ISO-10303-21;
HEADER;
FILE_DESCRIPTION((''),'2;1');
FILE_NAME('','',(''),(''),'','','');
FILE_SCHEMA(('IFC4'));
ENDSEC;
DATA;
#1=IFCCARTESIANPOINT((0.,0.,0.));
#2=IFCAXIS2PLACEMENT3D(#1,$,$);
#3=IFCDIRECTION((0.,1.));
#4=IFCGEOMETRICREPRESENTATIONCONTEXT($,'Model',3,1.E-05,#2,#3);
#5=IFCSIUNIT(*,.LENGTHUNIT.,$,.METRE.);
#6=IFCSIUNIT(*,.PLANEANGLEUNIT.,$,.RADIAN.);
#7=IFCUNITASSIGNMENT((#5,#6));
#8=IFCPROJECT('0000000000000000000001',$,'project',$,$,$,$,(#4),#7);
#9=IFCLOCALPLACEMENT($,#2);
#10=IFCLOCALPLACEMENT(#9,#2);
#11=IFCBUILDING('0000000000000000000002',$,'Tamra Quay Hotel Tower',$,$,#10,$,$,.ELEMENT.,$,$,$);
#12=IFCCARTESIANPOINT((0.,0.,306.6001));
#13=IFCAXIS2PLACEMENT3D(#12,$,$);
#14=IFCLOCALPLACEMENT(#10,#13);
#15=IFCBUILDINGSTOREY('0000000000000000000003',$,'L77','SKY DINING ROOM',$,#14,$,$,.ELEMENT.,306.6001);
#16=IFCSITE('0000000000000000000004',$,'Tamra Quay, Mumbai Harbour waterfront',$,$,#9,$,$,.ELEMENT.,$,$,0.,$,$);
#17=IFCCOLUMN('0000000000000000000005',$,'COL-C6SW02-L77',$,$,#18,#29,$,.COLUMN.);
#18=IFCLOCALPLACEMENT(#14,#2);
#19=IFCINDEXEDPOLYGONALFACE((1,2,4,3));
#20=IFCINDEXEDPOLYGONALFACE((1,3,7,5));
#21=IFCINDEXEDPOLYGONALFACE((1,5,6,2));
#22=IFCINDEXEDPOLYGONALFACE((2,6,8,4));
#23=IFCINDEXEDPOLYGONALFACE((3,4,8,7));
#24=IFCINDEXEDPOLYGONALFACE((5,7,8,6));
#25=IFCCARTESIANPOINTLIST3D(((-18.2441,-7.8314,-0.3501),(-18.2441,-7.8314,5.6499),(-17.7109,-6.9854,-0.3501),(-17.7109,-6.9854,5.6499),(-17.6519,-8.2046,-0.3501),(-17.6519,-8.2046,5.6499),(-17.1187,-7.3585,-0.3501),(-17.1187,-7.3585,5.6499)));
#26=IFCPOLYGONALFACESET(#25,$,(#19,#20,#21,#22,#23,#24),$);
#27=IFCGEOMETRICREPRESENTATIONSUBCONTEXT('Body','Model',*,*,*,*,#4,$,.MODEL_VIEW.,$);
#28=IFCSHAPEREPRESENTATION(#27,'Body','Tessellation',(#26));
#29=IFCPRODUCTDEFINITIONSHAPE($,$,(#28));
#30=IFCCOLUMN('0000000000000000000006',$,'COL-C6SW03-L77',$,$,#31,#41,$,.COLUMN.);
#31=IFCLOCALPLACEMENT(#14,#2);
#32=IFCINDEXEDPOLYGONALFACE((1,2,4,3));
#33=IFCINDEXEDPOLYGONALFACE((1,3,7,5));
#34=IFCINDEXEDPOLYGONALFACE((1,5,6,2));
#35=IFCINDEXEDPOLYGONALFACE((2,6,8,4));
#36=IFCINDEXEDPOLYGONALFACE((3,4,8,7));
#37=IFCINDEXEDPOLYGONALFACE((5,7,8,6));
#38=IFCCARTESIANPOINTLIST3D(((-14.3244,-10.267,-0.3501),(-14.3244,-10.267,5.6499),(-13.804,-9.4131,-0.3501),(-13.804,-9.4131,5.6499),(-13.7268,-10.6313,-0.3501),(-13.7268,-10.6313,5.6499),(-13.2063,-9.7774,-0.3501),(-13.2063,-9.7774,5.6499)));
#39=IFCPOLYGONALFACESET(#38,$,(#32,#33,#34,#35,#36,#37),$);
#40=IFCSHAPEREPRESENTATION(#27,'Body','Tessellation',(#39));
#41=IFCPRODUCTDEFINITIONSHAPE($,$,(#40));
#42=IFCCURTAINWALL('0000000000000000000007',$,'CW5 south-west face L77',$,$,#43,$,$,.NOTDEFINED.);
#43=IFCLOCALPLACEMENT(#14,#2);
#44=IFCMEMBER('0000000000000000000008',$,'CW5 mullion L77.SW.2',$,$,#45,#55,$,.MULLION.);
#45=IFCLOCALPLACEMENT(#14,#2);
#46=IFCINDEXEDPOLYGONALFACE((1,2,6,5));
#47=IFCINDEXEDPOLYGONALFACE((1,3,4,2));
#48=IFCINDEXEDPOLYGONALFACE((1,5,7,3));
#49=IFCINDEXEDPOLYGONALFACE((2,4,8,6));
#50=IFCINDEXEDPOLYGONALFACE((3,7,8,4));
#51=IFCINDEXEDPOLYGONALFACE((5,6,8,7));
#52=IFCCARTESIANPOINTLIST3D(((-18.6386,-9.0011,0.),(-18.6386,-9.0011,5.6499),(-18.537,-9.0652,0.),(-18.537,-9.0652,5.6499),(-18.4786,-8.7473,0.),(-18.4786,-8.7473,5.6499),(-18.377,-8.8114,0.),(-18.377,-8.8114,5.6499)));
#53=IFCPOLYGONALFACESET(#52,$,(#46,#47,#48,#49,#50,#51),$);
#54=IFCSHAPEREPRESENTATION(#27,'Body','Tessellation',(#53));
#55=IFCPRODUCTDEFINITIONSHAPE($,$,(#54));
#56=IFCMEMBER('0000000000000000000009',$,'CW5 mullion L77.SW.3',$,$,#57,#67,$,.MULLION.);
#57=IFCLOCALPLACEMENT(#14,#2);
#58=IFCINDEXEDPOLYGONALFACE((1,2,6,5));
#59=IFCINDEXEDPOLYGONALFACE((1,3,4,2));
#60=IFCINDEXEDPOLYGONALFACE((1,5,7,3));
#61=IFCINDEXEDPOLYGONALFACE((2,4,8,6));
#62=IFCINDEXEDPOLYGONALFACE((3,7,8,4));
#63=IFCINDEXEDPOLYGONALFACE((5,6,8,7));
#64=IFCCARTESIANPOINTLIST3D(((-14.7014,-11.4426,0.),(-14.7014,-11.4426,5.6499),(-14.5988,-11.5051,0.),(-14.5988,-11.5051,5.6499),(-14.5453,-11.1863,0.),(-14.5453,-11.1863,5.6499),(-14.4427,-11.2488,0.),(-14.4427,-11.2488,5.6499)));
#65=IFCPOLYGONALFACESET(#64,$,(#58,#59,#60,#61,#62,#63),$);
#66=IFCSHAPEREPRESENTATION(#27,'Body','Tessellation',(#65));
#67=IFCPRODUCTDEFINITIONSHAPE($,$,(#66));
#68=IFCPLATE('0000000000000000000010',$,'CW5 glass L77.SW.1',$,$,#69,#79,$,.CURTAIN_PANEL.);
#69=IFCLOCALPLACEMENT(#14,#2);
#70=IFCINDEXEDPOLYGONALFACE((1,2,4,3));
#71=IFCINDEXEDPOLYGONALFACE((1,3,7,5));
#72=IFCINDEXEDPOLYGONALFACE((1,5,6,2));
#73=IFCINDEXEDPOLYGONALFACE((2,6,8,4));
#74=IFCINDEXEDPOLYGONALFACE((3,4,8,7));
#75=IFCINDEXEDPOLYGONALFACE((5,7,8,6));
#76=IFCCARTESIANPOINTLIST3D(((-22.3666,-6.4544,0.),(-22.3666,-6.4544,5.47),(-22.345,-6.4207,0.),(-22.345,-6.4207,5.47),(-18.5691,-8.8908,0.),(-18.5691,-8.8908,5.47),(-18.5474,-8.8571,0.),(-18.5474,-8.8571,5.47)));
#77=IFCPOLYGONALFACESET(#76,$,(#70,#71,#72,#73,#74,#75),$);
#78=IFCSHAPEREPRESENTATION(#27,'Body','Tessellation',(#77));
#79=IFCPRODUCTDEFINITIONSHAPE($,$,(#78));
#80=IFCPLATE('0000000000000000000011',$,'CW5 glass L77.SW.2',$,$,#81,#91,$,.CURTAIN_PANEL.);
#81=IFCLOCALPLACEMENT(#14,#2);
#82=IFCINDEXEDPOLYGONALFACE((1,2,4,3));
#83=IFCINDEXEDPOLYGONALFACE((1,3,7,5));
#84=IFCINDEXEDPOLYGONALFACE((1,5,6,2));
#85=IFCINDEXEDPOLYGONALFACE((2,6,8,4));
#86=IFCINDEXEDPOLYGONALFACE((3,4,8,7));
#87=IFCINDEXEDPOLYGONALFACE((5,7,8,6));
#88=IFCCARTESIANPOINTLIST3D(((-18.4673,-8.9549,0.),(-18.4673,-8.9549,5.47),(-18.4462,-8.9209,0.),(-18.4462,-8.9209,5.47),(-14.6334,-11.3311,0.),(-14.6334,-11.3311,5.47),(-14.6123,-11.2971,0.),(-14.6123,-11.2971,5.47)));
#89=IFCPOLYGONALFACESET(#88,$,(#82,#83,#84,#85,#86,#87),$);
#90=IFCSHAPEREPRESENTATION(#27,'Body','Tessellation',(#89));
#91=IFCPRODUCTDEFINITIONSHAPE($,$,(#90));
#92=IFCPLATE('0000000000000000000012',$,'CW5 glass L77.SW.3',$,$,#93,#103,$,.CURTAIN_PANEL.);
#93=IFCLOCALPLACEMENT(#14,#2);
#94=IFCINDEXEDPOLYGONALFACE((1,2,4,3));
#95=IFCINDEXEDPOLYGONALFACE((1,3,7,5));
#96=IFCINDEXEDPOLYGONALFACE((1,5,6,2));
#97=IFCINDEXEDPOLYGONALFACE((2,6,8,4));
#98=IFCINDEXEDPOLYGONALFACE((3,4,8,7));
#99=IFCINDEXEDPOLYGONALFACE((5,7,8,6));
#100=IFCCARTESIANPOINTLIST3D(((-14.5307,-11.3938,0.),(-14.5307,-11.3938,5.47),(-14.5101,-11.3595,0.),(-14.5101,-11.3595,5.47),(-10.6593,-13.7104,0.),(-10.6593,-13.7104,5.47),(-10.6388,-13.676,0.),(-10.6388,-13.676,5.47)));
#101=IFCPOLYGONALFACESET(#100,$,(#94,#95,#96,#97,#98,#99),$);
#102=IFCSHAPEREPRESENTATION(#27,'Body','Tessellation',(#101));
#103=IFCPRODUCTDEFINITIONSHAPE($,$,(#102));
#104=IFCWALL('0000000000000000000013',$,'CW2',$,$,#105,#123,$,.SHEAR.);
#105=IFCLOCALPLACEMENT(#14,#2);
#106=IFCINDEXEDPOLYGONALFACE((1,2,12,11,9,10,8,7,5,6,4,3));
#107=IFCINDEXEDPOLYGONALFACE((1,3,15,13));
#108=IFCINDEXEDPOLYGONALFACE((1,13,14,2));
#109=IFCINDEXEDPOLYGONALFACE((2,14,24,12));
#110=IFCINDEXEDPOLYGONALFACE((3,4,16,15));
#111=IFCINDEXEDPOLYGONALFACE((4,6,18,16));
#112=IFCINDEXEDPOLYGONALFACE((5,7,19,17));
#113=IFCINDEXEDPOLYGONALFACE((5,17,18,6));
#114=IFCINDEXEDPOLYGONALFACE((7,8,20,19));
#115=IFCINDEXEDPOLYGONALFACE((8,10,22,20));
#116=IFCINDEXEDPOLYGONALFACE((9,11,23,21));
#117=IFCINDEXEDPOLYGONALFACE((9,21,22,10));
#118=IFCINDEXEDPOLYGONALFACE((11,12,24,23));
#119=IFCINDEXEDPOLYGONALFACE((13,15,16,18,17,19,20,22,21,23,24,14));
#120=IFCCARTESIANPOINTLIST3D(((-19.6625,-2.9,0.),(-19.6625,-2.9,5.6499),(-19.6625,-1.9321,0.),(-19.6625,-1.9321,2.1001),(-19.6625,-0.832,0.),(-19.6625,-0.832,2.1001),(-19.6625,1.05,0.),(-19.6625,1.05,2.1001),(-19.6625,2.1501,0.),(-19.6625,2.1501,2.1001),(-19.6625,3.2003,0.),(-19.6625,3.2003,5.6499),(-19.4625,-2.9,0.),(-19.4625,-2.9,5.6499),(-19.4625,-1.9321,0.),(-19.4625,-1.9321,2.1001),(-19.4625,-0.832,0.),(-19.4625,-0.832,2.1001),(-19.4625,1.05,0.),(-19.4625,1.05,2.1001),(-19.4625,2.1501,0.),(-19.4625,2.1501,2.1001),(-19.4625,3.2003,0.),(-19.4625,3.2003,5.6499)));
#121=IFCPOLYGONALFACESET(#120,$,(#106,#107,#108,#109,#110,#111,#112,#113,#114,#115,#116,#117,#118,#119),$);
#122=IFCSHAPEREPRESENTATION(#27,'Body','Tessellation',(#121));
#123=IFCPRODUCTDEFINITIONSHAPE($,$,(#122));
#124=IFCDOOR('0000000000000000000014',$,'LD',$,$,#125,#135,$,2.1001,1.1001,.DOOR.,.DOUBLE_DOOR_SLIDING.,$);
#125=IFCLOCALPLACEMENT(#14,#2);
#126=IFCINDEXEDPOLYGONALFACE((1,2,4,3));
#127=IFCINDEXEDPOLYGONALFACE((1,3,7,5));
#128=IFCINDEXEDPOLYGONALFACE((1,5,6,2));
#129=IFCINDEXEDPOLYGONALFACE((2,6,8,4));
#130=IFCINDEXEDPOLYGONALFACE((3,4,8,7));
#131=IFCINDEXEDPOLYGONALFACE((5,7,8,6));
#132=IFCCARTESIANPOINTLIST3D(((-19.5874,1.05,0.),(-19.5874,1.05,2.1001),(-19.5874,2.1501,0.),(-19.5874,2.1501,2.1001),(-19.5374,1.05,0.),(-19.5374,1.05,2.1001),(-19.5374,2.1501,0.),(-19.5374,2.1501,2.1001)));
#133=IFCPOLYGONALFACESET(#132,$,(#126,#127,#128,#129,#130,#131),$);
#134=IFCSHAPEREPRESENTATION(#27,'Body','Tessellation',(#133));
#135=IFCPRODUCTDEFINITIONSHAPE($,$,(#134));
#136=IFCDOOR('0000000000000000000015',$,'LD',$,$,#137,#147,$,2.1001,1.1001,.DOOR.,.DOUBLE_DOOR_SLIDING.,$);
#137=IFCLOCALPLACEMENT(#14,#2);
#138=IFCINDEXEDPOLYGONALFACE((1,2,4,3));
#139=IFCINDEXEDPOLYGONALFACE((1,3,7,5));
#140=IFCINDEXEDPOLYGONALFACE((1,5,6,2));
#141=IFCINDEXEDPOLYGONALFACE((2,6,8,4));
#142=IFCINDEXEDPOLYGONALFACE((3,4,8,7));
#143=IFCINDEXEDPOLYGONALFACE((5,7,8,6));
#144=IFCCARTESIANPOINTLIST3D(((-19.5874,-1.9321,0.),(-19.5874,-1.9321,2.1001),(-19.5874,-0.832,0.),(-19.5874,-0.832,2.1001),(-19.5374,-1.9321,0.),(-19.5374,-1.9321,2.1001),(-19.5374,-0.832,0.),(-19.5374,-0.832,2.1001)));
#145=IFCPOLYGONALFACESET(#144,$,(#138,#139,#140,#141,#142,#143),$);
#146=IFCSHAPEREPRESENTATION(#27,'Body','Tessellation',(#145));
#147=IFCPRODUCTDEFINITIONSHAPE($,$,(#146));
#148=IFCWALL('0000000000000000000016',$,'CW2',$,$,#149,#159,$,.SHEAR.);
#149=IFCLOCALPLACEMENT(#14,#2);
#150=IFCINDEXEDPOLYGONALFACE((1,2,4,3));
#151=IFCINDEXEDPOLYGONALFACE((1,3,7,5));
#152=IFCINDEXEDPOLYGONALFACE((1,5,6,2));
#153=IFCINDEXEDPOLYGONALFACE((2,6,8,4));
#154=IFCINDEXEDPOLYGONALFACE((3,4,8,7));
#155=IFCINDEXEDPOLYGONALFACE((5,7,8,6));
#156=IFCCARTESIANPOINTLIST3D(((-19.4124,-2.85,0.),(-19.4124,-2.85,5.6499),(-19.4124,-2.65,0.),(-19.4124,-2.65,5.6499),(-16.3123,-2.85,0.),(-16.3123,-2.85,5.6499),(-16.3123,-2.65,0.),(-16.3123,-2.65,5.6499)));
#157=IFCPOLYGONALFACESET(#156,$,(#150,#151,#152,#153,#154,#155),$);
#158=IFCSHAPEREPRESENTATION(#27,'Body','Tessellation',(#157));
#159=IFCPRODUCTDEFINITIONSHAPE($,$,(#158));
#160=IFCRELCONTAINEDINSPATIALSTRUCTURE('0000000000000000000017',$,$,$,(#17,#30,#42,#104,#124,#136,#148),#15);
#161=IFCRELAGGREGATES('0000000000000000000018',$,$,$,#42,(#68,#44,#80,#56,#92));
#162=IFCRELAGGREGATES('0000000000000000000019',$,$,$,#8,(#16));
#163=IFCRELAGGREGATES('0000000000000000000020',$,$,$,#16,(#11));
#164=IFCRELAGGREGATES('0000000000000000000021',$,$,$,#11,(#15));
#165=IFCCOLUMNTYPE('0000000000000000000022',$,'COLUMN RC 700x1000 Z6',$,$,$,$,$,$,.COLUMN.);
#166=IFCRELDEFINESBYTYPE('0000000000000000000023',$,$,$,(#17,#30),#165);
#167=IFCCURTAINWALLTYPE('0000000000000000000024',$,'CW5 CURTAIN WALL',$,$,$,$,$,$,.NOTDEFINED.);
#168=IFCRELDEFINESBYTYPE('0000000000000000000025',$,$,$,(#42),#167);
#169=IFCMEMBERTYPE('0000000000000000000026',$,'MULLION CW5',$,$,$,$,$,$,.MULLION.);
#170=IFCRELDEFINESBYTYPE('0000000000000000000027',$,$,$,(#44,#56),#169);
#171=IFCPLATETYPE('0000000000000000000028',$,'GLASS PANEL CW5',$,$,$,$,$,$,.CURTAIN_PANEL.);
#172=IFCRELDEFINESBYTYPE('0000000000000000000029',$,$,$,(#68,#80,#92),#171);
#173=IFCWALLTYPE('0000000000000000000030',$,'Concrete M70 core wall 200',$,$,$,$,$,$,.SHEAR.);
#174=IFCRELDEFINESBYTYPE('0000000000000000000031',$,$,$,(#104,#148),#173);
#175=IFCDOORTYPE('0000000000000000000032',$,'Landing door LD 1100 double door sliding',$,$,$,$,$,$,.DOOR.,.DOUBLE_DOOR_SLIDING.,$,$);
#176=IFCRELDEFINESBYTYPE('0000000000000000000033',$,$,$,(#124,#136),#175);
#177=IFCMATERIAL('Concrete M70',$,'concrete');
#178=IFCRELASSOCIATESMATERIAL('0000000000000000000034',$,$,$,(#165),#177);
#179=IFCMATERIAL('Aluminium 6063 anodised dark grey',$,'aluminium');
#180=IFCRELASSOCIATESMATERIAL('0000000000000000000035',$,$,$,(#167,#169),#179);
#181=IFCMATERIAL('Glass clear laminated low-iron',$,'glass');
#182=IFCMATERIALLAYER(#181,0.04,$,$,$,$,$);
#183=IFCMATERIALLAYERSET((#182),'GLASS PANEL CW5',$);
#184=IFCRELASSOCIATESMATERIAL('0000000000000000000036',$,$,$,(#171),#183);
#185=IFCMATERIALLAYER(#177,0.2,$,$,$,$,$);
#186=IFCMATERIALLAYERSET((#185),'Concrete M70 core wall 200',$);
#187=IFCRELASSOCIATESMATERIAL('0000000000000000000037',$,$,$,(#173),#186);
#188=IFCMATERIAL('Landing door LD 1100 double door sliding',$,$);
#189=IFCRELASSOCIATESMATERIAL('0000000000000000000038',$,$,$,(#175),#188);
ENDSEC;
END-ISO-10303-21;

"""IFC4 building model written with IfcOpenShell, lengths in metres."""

from ifc_helpers import new_model, si_unit, direction, frame, frame_2d, origin, origin_2d, place, context, subcontext, project, spatial, rectangle, extrude, material, layer, layer_set, material_profile, profile_set, type_object, element, fill, aggregate, save


model = new_model("IFC4")

# Units and contexts
model_context = context("Model", 3, precision=1e-05, world=origin(), true_north=direction((0.0, 1.0)))
body_context = subcontext(model_context, "Body", "Model", "MODEL_VIEW")
ifc_project = project(units=[si_unit("LENGTHUNIT", "METRE"), si_unit("PLANEANGLEUNIT", "RADIAN")], contexts=[model_context])

# Site, building, storey
site_placement = place(None, origin())
site = spatial("IfcSite", under=ifc_project, at=site_placement, Name="Tamra Quay, Mumbai Harbour waterfront", CompositionType="ELEMENT", RefElevation=0.0)
building_placement = place(site_placement, origin())
building = spatial("IfcBuilding", under=site, at=building_placement, Name="Tamra Quay Hotel Tower", CompositionType="ELEMENT")
storey_placement = place(building_placement, frame((0.0, 0.0, 306.6001)))
storey = spatial("IfcBuildingStorey", under=building, at=storey_placement, Name="L77", Description="SKY DINING ROOM", CompositionType="ELEMENT", Elevation=306.6001)

# Columns
ifc_material_1 = material(Name="Concrete M70", Category="concrete")
ifc_material_profile_1 = material_profile(ifc_material_1, rectangle(XDim=1.0, YDim=0.7, at=origin_2d()), Name="COLUMN RC 700x1000 Z6")
ifc_profile_set_1 = profile_set([ifc_material_profile_1], Name="Concrete M70")
column_type = type_object("IfcColumnType", Name="COLUMN RC 700x1000 Z6", PredefinedType="COLUMN", material=ifc_profile_set_1)
for number, where, z_axis, x_axis, name in (
    (1, (-17.6814, -7.595, -0.3501), (0.0, 0.0, 1.0), (0.533133, 0.846031, 0.0), "COL-C6SW02-L77"),
    (2, (-13.7654, -10.0222, -0.3501), (0.0, 0.0, 1.0), (0.52043, 0.853904, 0.0), "COL-C6SW03-L77"),
):
    element("IfcColumn", number, at=place(storey_placement, frame(where, z_axis=z_axis, x_axis=x_axis)), inside=storey, type_object=column_type, Name=name, PredefinedType="COLUMN", context=body_context, shape_type="SweptSolid", body=[
        extrude(rectangle(XDim=1.0, YDim=0.7, at=origin_2d()), origin(), (0.0, 0.0, 1.0), 6.0),
    ])

# Curtain wall, members, plates
ifc_material_2 = material(Name="Aluminium 6063 anodised dark grey", Category="aluminium")
curtain_wall_type = type_object("IfcCurtainWallType", Name="CW5 CURTAIN WALL", PredefinedType="NOTDEFINED", material=ifc_material_2)
curtain_wall_placement = place(storey_placement, origin())
curtain_wall = element("IfcCurtainWall", 3, at=curtain_wall_placement, inside=storey, type_object=curtain_wall_type, Name="CW5 south-west face L77", PredefinedType="NOTDEFINED")
ifc_material_profile_2 = material_profile(ifc_material_2, rectangle(XDim=0.3, YDim=0.1201, at=origin_2d()), Name="MULLION 120X300")
ifc_profile_set_2 = profile_set([ifc_material_profile_2], Name="Aluminium 6063 anodised dark grey")
member_type = type_object("IfcMemberType", Name="MULLION CW5", PredefinedType="MULLION", material=ifc_profile_set_2)
member_1_placement = place(storey_placement, frame((-18.5078, -8.9062, 0.0), z_axis=(0.0, 0.0, 1.0), x_axis=(-0.533422, -0.845849, 0.0)))
member_1 = element("IfcMember", 4, at=member_1_placement, type_object=member_type, Name="CW5 mullion L77.SW.2", PredefinedType="MULLION", context=body_context, shape_type="SweptSolid", body=[
    extrude(rectangle(XDim=0.3, YDim=0.1201, at=origin_2d()), origin(), (0.0, 0.0, 1.0), 5.6499),
])
member_2_placement = place(storey_placement, frame((-14.572, -11.3457, 0.0), z_axis=(0.0, 0.0, 1.0), x_axis=(-0.52016, -0.854069, 0.0)))
member_2 = element("IfcMember", 5, at=member_2_placement, type_object=member_type, Name="CW5 mullion L77.SW.3", PredefinedType="MULLION", context=body_context, shape_type="SweptSolid", body=[
    extrude(rectangle(XDim=0.3, YDim=0.1201, at=origin_2d()), origin(), (0.0, 0.0, 1.0), 5.6499),
])
ifc_material_3 = material(Name="Glass clear laminated low-iron", Category="glass")
ifc_layer_1 = layer(ifc_material_3, 0.04)
ifc_layer_set_1 = layer_set([ifc_layer_1], Name="GLASS PANEL CW5")
plate_type = type_object("IfcPlateType", Name="GLASS PANEL CW5", PredefinedType="CURTAIN_PANEL", material=ifc_layer_set_1)
plate_1_placement = place(storey_placement, frame((-20.457, -7.6558, 0.0), z_axis=(0.0, 0.0, 1.0), x_axis=(0.841665, -0.54, 0.0)))
plate_1 = element("IfcPlate", 6, at=plate_1_placement, type_object=plate_type, Name="CW5 glass L77.SW.1", PredefinedType="CURTAIN_PANEL", context=body_context, shape_type="SweptSolid", body=[
    extrude(rectangle(XDim=4.512, YDim=0.04, at=origin_2d()), origin(), (0.0, 0.0, 1.0), 5.47),
])
plate_2_placement = place(storey_placement, frame((-16.5398, -10.126, 0.0), z_axis=(0.0, 0.0, 1.0), x_axis=(0.849982, -0.526812, 0.0)))
plate_2 = element("IfcPlate", 7, at=plate_2_placement, type_object=plate_type, Name="CW5 glass L77.SW.2", PredefinedType="CURTAIN_PANEL", context=body_context, shape_type="SweptSolid", body=[
    extrude(rectangle(XDim=4.5105, YDim=0.04, at=origin_2d()), origin(), (0.0, 0.0, 1.0), 5.47),
])
plate_3_placement = place(storey_placement, frame((-12.5847, -12.5349, 0.0), z_axis=(0.0, 0.0, 1.0), x_axis=(0.858103, -0.513477, 0.0)))
plate_3 = element("IfcPlate", 8, at=plate_3_placement, type_object=plate_type, Name="CW5 glass L77.SW.3", PredefinedType="CURTAIN_PANEL", context=body_context, shape_type="SweptSolid", body=[
    extrude(rectangle(XDim=4.5115, YDim=0.04, at=origin_2d()), origin(), (0.0, 0.0, 1.0), 5.47),
])
aggregate(curtain_wall, [plate_1, member_1, plate_2, member_2, plate_3])

# Wall, openings, doors
ifc_layer_2 = layer(ifc_material_1, 0.2)
ifc_layer_set_2 = layer_set([ifc_layer_2], Name="Concrete M70 core wall 200")
wall_type_1 = type_object("IfcWallType", Name="Concrete M70 core wall 200", PredefinedType="SHEAR", material=ifc_layer_set_2)
wall_1_placement = place(storey_placement, frame((-19.5625, -2.9001, 0.0), z_axis=(0.0, 0.0, 1.0), x_axis=(0.0, 1.0, 0.0)))
wall_1 = element("IfcWall", 9, at=wall_1_placement, inside=storey, type_object=wall_type_1, Name="CW2", PredefinedType="SHEAR", context=body_context, shape_type="SweptSolid", body=[
    extrude(rectangle(XDim=6.1003, YDim=0.2, at=frame_2d((3.0503, 0.0))), origin(), (0.0, 0.0, 1.0), 5.6499),
])
opening_1_placement = place(wall_1_placement, frame((3.9502, 0.0, 0.0)))
opening_1 = element("IfcOpeningElement", 10, at=opening_1_placement, cuts=wall_1, PredefinedType="OPENING", context=body_context, shape_type="SweptSolid", body=[
    extrude(rectangle(XDim=1.1001, YDim=2.1001, at=frame_2d((0.55, 1.05))), frame((0.0, 0.1099, 0.0), z_axis=(0.0, -1.0, 0.0), x_axis=(1.0, 0.0, 0.0)), (0.0, 0.0, 1.0), 0.22),
])
opening_2_placement = place(wall_1_placement, frame((0.968, 0.0, 0.0)))
opening_2 = element("IfcOpeningElement", 11, at=opening_2_placement, cuts=wall_1, PredefinedType="OPENING", context=body_context, shape_type="SweptSolid", body=[
    extrude(rectangle(XDim=1.1001, YDim=2.1001, at=frame_2d((0.55, 1.05))), frame((0.0, 0.1099, 0.0), z_axis=(0.0, -1.0, 0.0), x_axis=(1.0, 0.0, 0.0)), (0.0, 0.0, 1.0), 0.22),
])
ifc_material_4 = material(Name="Landing door LD 1100 double door sliding")
door_type_1 = type_object("IfcDoorType", Name="Landing door LD 1100 double door sliding", OperationType="DOUBLE_DOOR_SLIDING", PredefinedType="DOOR", material=ifc_material_4)
door_1_placement = place(opening_1_placement, origin())
door_1 = element("IfcDoor", 12, at=door_1_placement, inside=storey, type_object=door_type_1, Name="LD", OperationType="DOUBLE_DOOR_SLIDING", OverallHeight=2.1001, OverallWidth=1.1001, PredefinedType="DOOR", context=body_context, shape_type="SweptSolid", body=[
    extrude(rectangle(XDim=1.1001, YDim=2.1001, at=frame_2d((0.55, 1.05))), frame((0.0, 0.0249, 0.0), z_axis=(0.0, -1.0, 0.0), x_axis=(1.0, 0.0, 0.0)), (0.0, 0.0, 1.0), 0.05),
])
fill(opening_1, door_1)
door_2_placement = place(opening_2_placement, origin())
door_2 = element("IfcDoor", 13, at=door_2_placement, inside=storey, type_object=door_type_1, Name="LD", OperationType="DOUBLE_DOOR_SLIDING", OverallHeight=2.1001, OverallWidth=1.1001, PredefinedType="DOOR", context=body_context, shape_type="SweptSolid", body=[
    extrude(rectangle(XDim=1.1001, YDim=2.1001, at=frame_2d((0.55, 1.05))), frame((0.0, 0.0249, 0.0), z_axis=(0.0, -1.0, 0.0), x_axis=(1.0, 0.0, 0.0)), (0.0, 0.0, 1.0), 0.05),
])
fill(opening_2, door_2)

# Wall
wall_2_placement = place(storey_placement, frame((-19.4124, -2.75, 0.0), z_axis=(0.0, 0.0, 1.0), x_axis=(1.0, 0.0, 0.0)))
element("IfcWall", 14, at=wall_2_placement, inside=storey, type_object=wall_type_1, Name="CW2", PredefinedType="SHEAR", context=body_context, shape_type="SweptSolid", body=[
    extrude(rectangle(XDim=3.1001, YDim=0.2, at=frame_2d((1.55, 0.0))), origin(), (0.0, 0.0, 1.0), 5.6499),
])

save(model, "model.ifc")
